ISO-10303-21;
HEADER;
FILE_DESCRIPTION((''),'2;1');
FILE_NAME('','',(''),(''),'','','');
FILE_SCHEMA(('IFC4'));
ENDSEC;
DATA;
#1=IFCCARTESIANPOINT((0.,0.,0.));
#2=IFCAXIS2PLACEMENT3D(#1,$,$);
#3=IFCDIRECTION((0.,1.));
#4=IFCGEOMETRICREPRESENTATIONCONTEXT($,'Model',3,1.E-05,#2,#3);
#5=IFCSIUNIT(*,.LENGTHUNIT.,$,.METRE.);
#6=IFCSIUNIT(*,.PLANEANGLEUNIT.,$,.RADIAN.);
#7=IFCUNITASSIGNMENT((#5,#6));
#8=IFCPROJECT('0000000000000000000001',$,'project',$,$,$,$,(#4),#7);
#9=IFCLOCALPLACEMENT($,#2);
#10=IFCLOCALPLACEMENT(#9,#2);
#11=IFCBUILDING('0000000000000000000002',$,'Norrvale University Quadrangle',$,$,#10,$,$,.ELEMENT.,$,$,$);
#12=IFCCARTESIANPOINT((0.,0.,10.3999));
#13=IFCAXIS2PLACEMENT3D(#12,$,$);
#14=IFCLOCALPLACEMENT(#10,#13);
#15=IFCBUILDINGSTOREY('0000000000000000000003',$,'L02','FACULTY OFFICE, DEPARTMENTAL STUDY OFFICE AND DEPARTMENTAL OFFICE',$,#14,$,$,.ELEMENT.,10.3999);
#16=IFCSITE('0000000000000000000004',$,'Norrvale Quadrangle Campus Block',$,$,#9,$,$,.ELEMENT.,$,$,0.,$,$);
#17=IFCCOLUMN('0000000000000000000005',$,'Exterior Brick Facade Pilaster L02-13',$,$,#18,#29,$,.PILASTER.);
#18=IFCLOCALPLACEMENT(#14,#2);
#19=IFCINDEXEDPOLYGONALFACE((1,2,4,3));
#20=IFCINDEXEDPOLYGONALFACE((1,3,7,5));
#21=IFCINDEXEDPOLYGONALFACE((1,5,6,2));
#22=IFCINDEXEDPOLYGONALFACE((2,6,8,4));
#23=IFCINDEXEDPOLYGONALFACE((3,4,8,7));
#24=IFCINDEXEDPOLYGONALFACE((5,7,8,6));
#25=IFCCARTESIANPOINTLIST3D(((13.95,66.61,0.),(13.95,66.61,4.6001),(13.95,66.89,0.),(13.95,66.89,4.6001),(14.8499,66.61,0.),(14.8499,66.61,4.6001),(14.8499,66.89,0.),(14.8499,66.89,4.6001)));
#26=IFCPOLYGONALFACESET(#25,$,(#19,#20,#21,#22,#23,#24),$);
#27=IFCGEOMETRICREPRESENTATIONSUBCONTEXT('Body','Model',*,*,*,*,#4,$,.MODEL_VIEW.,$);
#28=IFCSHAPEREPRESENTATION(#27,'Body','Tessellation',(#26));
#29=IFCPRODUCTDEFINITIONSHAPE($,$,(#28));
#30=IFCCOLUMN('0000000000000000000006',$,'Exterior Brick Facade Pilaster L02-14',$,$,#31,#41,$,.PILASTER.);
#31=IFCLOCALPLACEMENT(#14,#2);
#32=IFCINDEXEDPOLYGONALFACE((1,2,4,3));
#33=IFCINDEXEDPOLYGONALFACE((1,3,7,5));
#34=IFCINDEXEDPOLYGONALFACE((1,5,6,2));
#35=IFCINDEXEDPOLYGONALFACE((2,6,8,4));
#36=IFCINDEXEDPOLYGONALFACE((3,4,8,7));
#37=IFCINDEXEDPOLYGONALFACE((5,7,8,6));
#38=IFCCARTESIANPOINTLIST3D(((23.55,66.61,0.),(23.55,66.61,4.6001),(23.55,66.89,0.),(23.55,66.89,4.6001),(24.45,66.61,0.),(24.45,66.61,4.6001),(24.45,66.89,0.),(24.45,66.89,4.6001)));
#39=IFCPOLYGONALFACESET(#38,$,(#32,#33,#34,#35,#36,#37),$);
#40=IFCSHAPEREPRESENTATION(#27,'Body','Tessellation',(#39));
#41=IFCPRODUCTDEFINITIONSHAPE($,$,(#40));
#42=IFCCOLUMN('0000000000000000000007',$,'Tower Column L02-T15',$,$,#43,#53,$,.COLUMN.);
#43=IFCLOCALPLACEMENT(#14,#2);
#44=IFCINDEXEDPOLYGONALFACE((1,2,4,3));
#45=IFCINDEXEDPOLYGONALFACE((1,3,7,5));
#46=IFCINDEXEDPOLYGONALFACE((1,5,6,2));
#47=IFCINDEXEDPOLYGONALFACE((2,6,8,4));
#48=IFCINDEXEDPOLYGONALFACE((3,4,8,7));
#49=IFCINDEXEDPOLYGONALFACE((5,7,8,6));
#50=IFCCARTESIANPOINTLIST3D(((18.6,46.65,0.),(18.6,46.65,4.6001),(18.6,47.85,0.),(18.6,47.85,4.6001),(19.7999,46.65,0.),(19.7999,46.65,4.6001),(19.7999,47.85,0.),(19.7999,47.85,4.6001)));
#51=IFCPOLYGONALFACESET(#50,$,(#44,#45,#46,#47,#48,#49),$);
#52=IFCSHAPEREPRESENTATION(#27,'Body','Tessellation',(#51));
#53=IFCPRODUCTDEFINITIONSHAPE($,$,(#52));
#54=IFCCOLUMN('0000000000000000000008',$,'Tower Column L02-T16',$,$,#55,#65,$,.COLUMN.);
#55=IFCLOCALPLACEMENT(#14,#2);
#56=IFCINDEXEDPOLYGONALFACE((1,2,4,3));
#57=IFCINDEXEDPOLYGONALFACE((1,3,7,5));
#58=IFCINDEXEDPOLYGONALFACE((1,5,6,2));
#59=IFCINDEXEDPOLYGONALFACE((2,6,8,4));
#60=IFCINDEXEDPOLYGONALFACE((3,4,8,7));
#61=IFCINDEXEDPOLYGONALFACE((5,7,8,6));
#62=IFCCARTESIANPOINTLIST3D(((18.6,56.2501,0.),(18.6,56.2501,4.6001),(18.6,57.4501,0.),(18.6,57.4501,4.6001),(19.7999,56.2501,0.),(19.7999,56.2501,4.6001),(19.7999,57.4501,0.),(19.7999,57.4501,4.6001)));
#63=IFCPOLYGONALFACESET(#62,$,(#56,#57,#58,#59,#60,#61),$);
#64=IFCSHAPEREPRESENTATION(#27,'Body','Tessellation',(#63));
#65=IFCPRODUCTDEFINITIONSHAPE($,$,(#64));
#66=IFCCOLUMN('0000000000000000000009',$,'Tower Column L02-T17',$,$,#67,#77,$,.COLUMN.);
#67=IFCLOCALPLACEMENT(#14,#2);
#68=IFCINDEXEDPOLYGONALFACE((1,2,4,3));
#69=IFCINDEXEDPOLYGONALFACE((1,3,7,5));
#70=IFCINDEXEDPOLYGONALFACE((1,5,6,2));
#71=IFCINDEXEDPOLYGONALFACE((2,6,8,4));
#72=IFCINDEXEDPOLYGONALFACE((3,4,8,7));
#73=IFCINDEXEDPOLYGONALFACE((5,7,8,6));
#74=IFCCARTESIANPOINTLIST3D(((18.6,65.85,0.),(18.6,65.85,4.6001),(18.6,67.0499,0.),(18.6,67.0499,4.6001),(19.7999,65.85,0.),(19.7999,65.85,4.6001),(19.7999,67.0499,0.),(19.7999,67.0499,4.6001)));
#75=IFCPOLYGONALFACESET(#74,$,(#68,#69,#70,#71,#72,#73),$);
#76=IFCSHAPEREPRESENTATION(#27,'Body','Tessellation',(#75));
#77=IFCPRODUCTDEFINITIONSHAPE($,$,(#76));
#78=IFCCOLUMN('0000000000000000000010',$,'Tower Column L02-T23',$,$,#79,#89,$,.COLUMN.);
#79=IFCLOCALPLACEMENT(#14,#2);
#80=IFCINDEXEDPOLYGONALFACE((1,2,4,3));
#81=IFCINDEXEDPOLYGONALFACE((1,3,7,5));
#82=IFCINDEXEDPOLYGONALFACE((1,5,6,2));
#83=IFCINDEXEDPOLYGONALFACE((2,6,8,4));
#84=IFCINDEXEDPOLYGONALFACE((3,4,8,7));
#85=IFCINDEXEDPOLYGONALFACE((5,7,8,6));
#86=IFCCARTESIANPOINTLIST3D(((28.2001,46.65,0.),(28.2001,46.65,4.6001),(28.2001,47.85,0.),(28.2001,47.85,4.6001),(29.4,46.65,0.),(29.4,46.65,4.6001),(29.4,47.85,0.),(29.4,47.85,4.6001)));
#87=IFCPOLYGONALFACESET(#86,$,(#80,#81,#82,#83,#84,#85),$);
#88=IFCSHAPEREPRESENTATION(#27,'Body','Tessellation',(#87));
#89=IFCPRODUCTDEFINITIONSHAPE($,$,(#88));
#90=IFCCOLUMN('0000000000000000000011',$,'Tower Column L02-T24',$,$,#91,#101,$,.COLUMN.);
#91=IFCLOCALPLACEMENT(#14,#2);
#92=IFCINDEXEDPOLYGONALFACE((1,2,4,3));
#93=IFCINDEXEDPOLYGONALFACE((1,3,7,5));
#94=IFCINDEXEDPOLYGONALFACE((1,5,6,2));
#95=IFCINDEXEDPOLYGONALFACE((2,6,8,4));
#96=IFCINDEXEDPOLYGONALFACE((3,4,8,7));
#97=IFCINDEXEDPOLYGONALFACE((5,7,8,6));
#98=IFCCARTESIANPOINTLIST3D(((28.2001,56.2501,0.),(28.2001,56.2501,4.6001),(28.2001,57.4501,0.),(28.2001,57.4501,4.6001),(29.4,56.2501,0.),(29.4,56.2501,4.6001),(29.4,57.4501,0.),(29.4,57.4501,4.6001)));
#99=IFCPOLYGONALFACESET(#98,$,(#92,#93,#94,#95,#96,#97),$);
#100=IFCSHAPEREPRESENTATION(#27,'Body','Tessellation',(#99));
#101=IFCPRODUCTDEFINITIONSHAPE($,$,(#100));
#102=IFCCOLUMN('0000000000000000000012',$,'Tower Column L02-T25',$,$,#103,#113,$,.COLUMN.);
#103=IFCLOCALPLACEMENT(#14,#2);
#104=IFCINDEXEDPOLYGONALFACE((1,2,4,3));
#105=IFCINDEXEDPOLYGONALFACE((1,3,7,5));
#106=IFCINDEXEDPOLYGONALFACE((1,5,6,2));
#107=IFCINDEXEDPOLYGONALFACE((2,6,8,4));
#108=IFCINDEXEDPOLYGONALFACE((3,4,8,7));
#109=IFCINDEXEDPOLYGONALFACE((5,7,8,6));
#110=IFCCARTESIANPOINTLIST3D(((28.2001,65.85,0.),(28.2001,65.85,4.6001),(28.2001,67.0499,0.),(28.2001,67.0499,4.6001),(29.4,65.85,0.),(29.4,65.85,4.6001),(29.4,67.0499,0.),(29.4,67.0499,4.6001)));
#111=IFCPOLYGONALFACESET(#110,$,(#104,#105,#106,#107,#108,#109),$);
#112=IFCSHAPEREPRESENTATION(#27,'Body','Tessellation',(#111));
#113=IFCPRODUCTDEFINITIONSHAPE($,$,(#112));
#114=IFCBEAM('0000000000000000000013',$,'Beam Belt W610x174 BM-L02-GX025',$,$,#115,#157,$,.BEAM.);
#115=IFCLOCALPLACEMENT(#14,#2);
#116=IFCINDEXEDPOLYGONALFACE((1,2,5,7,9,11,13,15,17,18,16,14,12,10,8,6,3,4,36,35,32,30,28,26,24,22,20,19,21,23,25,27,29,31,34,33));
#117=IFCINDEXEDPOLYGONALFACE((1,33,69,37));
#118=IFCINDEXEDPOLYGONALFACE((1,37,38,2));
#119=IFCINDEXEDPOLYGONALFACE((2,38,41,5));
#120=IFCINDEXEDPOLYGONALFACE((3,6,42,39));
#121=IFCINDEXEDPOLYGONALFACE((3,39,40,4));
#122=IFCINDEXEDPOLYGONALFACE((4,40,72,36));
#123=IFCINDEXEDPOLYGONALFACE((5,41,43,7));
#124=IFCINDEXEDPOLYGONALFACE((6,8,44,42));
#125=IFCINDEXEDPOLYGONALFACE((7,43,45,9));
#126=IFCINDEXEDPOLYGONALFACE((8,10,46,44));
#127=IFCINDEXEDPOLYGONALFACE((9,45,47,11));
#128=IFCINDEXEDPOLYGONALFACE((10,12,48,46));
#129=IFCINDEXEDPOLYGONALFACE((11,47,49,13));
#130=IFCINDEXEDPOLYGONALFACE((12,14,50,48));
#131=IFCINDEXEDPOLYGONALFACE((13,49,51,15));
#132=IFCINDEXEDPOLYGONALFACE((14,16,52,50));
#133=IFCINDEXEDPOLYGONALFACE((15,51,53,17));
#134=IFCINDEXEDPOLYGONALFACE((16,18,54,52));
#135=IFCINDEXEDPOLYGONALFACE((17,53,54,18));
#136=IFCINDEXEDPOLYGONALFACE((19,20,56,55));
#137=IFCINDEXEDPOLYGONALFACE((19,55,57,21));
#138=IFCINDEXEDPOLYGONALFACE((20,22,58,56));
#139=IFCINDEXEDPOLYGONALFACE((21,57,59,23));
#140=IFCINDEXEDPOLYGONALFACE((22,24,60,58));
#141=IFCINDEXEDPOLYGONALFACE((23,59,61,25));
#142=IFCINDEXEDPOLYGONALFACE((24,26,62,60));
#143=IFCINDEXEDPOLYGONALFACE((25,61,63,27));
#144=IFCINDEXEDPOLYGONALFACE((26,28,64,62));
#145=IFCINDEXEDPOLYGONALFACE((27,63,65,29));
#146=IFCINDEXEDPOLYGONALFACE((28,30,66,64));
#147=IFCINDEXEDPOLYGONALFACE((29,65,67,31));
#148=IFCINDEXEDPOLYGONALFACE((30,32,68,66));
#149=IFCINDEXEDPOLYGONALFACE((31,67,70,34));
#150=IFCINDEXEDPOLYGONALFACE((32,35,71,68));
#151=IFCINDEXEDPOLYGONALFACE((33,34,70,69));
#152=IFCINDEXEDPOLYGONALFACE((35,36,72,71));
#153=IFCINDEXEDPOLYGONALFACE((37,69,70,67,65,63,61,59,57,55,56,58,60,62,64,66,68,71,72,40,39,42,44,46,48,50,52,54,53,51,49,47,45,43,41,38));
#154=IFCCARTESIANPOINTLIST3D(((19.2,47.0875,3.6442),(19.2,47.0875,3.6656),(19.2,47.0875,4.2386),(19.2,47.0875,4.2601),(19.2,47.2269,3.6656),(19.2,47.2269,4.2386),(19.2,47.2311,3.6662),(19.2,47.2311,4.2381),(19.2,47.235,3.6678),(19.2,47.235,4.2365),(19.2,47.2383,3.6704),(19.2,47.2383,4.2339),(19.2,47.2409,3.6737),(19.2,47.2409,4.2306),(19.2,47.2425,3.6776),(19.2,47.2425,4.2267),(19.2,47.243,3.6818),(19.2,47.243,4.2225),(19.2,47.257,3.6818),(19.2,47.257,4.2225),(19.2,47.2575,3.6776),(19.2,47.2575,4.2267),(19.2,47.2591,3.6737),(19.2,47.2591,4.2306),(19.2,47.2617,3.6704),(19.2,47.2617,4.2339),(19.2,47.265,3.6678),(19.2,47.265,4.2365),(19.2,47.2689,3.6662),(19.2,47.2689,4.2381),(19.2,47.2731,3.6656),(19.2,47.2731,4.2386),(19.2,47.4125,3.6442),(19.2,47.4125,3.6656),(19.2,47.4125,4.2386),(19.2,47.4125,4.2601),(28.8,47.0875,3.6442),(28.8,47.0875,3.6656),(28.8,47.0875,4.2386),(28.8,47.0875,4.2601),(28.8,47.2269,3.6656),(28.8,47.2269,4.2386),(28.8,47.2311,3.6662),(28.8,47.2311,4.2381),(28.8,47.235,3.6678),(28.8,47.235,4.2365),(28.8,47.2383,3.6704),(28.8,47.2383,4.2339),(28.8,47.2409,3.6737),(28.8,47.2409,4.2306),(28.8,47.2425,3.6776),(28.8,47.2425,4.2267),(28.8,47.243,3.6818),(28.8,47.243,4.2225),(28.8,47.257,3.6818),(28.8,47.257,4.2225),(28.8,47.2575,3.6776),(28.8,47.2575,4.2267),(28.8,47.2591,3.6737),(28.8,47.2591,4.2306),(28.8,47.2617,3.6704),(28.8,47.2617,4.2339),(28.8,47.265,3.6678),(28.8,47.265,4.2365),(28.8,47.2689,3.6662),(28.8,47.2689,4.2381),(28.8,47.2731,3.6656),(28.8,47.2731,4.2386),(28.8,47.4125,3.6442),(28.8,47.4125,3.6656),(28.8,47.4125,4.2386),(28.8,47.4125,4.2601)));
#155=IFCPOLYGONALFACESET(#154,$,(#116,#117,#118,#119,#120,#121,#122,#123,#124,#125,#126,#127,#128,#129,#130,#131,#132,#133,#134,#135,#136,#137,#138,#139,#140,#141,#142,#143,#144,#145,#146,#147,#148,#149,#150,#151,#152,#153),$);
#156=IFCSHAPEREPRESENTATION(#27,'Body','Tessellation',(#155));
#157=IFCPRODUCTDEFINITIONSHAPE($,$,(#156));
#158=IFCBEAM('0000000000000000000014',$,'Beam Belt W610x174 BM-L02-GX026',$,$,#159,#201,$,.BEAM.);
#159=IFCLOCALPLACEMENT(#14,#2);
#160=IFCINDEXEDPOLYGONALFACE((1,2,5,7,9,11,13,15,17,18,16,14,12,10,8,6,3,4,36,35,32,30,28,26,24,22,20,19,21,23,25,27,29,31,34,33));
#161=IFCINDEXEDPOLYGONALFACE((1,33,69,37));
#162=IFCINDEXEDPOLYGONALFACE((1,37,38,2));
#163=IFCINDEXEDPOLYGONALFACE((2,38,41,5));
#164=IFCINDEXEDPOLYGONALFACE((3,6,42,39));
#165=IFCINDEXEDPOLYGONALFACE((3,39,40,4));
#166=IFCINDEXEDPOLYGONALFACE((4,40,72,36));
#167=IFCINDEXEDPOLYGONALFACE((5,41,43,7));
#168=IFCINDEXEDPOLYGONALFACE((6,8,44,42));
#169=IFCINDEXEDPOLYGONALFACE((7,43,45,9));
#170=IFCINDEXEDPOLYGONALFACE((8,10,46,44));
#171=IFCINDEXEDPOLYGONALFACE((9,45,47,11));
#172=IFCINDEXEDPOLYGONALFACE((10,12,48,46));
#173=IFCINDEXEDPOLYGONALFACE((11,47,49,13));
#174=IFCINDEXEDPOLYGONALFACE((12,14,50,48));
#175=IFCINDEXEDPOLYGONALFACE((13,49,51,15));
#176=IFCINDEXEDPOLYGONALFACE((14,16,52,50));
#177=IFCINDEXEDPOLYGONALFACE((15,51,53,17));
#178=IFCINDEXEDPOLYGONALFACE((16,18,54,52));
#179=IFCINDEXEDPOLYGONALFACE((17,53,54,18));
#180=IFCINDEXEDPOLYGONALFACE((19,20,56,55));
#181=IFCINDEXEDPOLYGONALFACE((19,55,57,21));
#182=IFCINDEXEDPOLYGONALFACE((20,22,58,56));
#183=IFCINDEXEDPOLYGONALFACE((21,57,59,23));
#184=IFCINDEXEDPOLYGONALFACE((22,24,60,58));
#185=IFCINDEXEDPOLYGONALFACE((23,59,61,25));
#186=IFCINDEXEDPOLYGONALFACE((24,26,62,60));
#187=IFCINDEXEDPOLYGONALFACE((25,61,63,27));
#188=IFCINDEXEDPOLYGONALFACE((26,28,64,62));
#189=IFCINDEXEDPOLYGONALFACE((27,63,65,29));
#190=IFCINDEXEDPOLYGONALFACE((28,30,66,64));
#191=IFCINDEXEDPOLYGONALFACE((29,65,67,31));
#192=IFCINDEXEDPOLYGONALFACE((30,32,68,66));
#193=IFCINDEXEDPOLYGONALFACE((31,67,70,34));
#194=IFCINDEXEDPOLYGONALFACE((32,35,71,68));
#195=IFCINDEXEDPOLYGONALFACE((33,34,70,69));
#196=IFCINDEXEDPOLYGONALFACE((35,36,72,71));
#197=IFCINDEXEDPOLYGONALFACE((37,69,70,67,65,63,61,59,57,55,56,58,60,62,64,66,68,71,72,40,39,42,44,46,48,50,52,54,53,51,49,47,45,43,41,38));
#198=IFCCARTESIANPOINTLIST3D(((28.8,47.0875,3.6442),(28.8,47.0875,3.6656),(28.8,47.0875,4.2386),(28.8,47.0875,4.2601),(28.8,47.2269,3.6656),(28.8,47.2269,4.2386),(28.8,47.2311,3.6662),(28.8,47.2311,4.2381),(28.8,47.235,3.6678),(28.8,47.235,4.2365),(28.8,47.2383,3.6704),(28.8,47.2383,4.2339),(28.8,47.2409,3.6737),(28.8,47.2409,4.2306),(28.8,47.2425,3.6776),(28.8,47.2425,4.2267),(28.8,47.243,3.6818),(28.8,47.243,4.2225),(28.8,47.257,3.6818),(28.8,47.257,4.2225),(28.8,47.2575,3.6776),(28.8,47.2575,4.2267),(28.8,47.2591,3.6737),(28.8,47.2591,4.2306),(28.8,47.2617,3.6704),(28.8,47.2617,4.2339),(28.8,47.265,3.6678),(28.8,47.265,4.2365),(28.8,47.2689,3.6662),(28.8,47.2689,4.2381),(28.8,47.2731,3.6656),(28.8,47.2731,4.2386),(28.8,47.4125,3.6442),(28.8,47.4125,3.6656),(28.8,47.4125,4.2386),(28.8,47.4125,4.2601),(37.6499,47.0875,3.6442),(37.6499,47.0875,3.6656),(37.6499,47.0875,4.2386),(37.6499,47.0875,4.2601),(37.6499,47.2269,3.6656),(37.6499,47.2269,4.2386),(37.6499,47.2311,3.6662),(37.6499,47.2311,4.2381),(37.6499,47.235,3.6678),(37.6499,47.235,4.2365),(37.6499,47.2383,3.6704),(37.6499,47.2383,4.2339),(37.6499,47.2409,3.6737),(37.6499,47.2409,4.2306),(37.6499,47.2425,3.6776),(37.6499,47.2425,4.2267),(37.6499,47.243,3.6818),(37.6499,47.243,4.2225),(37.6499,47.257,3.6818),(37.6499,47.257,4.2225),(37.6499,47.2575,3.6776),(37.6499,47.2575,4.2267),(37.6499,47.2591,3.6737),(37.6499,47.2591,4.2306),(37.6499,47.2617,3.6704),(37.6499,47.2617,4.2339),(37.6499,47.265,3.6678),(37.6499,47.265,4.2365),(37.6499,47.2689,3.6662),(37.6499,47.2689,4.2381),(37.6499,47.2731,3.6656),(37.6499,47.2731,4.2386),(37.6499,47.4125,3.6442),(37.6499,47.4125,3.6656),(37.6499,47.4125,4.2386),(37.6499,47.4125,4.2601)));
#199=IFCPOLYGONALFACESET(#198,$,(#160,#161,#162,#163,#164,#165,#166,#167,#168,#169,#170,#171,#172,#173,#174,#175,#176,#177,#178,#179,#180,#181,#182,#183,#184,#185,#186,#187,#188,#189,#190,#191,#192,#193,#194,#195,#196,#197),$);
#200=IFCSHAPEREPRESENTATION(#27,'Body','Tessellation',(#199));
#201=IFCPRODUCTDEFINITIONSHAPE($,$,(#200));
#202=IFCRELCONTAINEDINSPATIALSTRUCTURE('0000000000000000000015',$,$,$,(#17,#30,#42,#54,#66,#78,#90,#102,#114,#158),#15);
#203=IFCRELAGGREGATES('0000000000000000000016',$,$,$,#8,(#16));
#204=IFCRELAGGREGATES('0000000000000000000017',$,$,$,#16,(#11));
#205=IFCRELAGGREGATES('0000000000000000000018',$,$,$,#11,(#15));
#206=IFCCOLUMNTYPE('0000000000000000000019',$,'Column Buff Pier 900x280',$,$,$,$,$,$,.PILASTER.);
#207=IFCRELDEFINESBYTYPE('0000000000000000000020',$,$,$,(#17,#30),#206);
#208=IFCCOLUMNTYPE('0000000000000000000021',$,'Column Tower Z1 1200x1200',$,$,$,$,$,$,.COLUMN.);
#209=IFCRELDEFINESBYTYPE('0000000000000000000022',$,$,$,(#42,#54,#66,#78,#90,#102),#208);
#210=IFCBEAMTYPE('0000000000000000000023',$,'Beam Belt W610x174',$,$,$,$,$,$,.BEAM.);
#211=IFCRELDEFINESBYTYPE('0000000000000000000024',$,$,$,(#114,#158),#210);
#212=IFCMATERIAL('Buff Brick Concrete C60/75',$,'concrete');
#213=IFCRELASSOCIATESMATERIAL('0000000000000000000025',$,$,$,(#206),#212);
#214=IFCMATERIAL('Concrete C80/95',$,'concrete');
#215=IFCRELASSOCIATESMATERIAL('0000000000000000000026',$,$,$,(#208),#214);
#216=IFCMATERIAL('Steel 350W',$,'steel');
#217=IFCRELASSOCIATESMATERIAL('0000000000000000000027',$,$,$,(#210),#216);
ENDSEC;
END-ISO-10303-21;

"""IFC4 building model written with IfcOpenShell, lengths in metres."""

from ifc_helpers import new_model, si_unit, direction, frame, origin, origin_2d, place, context, subcontext, project, spatial, rectangle, i_section, extrude, material, material_profile, profile_set, type_object, element, save


model = new_model("IFC4")

# Units and contexts
model_context = context("Model", 3, precision=1e-05, world=origin(), true_north=direction((0.0, 1.0)))
body_context = subcontext(model_context, "Body", "Model", "MODEL_VIEW")
ifc_project = project(units=[si_unit("LENGTHUNIT", "METRE"), si_unit("PLANEANGLEUNIT", "RADIAN")], contexts=[model_context])

# Site, building, storey
site_placement = place(None, origin())
site = spatial("IfcSite", under=ifc_project, at=site_placement, Name="Norrvale Quadrangle Campus Block", CompositionType="ELEMENT", RefElevation=0.0)
building_placement = place(site_placement, origin())
building = spatial("IfcBuilding", under=site, at=building_placement, Name="Norrvale University Quadrangle", CompositionType="ELEMENT")
storey_placement = place(building_placement, frame((0.0, 0.0, 10.3999)))
storey = spatial("IfcBuildingStorey", under=building, at=storey_placement, Name="L02", Description="FACULTY OFFICE, DEPARTMENTAL STUDY OFFICE AND DEPARTMENTAL OFFICE", CompositionType="ELEMENT", Elevation=10.3999)

# Columns
ifc_material_1 = material(Name="Buff Brick Concrete C60/75", Category="concrete")
ifc_material_profile_1 = material_profile(ifc_material_1, rectangle(XDim=0.8999, YDim=0.28, at=origin_2d()), Name="Buff Brick Concrete C60/75")
ifc_profile_set_1 = profile_set([ifc_material_profile_1], Name="Buff Brick Concrete C60/75")
column_type_1 = type_object("IfcColumnType", Name="Column Buff Pier 900x280", PredefinedType="PILASTER", material=ifc_profile_set_1)
for number, where, z_axis, x_axis, name in (
    (1, (14.3999, 66.75, 0.0), (0.0, 0.0, 1.0), (1.0, 0.0, 0.0), "Exterior Brick Facade Pilaster L02-13"),
    (2, (24.0, 66.75, 0.0), (0.0, 0.0, 1.0), (1.0, 0.0, 0.0), "Exterior Brick Facade Pilaster L02-14"),
):
    element("IfcColumn", number, at=place(storey_placement, frame(where, z_axis=z_axis, x_axis=x_axis)), inside=storey, type_object=column_type_1, Name=name, PredefinedType="PILASTER", context=body_context, shape_type="SweptSolid", body=[
        extrude(rectangle(XDim=0.8999, YDim=0.28, at=origin_2d()), origin(), (0.0, 0.0, 1.0), 4.6001),
    ])
ifc_material_2 = material(Name="Concrete C80/95", Category="concrete")
ifc_material_profile_2 = material_profile(ifc_material_2, rectangle(XDim=1.2, YDim=1.2, at=origin_2d()), Name="Concrete C80/95")
ifc_profile_set_2 = profile_set([ifc_material_profile_2], Name="Concrete C80/95")
column_type_2 = type_object("IfcColumnType", Name="Column Tower Z1 1200x1200", PredefinedType="COLUMN", material=ifc_profile_set_2)
for number, where, z_axis, x_axis, name in (
    (3, (19.2, 47.25, 0.0), (0.0, 0.0, 1.0), (1.0, 0.0, 0.0), "Tower Column L02-T15"),
    (4, (19.2, 56.8501, 0.0), (0.0, 0.0, 1.0), (1.0, 0.0, 0.0), "Tower Column L02-T16"),
    (5, (19.2, 66.45, 0.0), (0.0, 0.0, 1.0), (1.0, 0.0, 0.0), "Tower Column L02-T17"),
    (6, (28.8, 47.25, 0.0), (0.0, 0.0, 1.0), (1.0, 0.0, 0.0), "Tower Column L02-T23"),
    (7, (28.8, 56.8501, 0.0), (0.0, 0.0, 1.0), (1.0, 0.0, 0.0), "Tower Column L02-T24"),
    (8, (28.8, 66.45, 0.0), (0.0, 0.0, 1.0), (1.0, 0.0, 0.0), "Tower Column L02-T25"),
):
    element("IfcColumn", number, at=place(storey_placement, frame(where, z_axis=z_axis, x_axis=x_axis)), inside=storey, type_object=column_type_2, Name=name, PredefinedType="COLUMN", context=body_context, shape_type="SweptSolid", body=[
        extrude(rectangle(XDim=1.2, YDim=1.2, at=origin_2d()), origin(), (0.0, 0.0, 1.0), 4.6001),
    ])

# Beams
ifc_material_3 = material(Name="Steel 350W", Category="steel")
ifc_material_profile_3 = material_profile(ifc_material_3, i_section(OverallWidth=0.325, OverallDepth=0.616, WebThickness=0.0139, FlangeThickness=0.0215, FilletRadius=0.0161, at=origin_2d()), Name="Steel 350W")
ifc_profile_set_3 = profile_set([ifc_material_profile_3], Name="Steel 350W")
beam_type_1 = type_object("IfcBeamType", Name="Beam Belt W610x174", PredefinedType="BEAM", material=ifc_profile_set_3)
beam_1_placement = place(storey_placement, frame((19.2, 47.25, 3.9521), z_axis=(1.0, 0.0, 0.0), x_axis=(0.0, 1.0, 0.0)))
element("IfcBeam", 9, at=beam_1_placement, inside=storey, type_object=beam_type_1, Name="Beam Belt W610x174 BM-L02-GX025", PredefinedType="BEAM", context=body_context, shape_type="SweptSolid", body=[
    extrude(i_section(OverallWidth=0.325, OverallDepth=0.616, WebThickness=0.0139, FlangeThickness=0.0215, FilletRadius=0.0161, at=origin_2d()), origin(), (0.0, 0.0, 1.0), 9.6001),
])
beam_2_placement = place(storey_placement, frame((28.8, 47.25, 3.9521), z_axis=(1.0, 0.0, 0.0), x_axis=(0.0, 1.0, 0.0)))
element("IfcBeam", 10, at=beam_2_placement, inside=storey, type_object=beam_type_1, Name="Beam Belt W610x174 BM-L02-GX026", PredefinedType="BEAM", context=body_context, shape_type="SweptSolid", body=[
    extrude(i_section(OverallWidth=0.325, OverallDepth=0.616, WebThickness=0.0139, FlangeThickness=0.0215, FilletRadius=0.0161, at=origin_2d()), origin(), (0.0, 0.0, 1.0), 8.8499),
])

save(model, "model.ifc")
